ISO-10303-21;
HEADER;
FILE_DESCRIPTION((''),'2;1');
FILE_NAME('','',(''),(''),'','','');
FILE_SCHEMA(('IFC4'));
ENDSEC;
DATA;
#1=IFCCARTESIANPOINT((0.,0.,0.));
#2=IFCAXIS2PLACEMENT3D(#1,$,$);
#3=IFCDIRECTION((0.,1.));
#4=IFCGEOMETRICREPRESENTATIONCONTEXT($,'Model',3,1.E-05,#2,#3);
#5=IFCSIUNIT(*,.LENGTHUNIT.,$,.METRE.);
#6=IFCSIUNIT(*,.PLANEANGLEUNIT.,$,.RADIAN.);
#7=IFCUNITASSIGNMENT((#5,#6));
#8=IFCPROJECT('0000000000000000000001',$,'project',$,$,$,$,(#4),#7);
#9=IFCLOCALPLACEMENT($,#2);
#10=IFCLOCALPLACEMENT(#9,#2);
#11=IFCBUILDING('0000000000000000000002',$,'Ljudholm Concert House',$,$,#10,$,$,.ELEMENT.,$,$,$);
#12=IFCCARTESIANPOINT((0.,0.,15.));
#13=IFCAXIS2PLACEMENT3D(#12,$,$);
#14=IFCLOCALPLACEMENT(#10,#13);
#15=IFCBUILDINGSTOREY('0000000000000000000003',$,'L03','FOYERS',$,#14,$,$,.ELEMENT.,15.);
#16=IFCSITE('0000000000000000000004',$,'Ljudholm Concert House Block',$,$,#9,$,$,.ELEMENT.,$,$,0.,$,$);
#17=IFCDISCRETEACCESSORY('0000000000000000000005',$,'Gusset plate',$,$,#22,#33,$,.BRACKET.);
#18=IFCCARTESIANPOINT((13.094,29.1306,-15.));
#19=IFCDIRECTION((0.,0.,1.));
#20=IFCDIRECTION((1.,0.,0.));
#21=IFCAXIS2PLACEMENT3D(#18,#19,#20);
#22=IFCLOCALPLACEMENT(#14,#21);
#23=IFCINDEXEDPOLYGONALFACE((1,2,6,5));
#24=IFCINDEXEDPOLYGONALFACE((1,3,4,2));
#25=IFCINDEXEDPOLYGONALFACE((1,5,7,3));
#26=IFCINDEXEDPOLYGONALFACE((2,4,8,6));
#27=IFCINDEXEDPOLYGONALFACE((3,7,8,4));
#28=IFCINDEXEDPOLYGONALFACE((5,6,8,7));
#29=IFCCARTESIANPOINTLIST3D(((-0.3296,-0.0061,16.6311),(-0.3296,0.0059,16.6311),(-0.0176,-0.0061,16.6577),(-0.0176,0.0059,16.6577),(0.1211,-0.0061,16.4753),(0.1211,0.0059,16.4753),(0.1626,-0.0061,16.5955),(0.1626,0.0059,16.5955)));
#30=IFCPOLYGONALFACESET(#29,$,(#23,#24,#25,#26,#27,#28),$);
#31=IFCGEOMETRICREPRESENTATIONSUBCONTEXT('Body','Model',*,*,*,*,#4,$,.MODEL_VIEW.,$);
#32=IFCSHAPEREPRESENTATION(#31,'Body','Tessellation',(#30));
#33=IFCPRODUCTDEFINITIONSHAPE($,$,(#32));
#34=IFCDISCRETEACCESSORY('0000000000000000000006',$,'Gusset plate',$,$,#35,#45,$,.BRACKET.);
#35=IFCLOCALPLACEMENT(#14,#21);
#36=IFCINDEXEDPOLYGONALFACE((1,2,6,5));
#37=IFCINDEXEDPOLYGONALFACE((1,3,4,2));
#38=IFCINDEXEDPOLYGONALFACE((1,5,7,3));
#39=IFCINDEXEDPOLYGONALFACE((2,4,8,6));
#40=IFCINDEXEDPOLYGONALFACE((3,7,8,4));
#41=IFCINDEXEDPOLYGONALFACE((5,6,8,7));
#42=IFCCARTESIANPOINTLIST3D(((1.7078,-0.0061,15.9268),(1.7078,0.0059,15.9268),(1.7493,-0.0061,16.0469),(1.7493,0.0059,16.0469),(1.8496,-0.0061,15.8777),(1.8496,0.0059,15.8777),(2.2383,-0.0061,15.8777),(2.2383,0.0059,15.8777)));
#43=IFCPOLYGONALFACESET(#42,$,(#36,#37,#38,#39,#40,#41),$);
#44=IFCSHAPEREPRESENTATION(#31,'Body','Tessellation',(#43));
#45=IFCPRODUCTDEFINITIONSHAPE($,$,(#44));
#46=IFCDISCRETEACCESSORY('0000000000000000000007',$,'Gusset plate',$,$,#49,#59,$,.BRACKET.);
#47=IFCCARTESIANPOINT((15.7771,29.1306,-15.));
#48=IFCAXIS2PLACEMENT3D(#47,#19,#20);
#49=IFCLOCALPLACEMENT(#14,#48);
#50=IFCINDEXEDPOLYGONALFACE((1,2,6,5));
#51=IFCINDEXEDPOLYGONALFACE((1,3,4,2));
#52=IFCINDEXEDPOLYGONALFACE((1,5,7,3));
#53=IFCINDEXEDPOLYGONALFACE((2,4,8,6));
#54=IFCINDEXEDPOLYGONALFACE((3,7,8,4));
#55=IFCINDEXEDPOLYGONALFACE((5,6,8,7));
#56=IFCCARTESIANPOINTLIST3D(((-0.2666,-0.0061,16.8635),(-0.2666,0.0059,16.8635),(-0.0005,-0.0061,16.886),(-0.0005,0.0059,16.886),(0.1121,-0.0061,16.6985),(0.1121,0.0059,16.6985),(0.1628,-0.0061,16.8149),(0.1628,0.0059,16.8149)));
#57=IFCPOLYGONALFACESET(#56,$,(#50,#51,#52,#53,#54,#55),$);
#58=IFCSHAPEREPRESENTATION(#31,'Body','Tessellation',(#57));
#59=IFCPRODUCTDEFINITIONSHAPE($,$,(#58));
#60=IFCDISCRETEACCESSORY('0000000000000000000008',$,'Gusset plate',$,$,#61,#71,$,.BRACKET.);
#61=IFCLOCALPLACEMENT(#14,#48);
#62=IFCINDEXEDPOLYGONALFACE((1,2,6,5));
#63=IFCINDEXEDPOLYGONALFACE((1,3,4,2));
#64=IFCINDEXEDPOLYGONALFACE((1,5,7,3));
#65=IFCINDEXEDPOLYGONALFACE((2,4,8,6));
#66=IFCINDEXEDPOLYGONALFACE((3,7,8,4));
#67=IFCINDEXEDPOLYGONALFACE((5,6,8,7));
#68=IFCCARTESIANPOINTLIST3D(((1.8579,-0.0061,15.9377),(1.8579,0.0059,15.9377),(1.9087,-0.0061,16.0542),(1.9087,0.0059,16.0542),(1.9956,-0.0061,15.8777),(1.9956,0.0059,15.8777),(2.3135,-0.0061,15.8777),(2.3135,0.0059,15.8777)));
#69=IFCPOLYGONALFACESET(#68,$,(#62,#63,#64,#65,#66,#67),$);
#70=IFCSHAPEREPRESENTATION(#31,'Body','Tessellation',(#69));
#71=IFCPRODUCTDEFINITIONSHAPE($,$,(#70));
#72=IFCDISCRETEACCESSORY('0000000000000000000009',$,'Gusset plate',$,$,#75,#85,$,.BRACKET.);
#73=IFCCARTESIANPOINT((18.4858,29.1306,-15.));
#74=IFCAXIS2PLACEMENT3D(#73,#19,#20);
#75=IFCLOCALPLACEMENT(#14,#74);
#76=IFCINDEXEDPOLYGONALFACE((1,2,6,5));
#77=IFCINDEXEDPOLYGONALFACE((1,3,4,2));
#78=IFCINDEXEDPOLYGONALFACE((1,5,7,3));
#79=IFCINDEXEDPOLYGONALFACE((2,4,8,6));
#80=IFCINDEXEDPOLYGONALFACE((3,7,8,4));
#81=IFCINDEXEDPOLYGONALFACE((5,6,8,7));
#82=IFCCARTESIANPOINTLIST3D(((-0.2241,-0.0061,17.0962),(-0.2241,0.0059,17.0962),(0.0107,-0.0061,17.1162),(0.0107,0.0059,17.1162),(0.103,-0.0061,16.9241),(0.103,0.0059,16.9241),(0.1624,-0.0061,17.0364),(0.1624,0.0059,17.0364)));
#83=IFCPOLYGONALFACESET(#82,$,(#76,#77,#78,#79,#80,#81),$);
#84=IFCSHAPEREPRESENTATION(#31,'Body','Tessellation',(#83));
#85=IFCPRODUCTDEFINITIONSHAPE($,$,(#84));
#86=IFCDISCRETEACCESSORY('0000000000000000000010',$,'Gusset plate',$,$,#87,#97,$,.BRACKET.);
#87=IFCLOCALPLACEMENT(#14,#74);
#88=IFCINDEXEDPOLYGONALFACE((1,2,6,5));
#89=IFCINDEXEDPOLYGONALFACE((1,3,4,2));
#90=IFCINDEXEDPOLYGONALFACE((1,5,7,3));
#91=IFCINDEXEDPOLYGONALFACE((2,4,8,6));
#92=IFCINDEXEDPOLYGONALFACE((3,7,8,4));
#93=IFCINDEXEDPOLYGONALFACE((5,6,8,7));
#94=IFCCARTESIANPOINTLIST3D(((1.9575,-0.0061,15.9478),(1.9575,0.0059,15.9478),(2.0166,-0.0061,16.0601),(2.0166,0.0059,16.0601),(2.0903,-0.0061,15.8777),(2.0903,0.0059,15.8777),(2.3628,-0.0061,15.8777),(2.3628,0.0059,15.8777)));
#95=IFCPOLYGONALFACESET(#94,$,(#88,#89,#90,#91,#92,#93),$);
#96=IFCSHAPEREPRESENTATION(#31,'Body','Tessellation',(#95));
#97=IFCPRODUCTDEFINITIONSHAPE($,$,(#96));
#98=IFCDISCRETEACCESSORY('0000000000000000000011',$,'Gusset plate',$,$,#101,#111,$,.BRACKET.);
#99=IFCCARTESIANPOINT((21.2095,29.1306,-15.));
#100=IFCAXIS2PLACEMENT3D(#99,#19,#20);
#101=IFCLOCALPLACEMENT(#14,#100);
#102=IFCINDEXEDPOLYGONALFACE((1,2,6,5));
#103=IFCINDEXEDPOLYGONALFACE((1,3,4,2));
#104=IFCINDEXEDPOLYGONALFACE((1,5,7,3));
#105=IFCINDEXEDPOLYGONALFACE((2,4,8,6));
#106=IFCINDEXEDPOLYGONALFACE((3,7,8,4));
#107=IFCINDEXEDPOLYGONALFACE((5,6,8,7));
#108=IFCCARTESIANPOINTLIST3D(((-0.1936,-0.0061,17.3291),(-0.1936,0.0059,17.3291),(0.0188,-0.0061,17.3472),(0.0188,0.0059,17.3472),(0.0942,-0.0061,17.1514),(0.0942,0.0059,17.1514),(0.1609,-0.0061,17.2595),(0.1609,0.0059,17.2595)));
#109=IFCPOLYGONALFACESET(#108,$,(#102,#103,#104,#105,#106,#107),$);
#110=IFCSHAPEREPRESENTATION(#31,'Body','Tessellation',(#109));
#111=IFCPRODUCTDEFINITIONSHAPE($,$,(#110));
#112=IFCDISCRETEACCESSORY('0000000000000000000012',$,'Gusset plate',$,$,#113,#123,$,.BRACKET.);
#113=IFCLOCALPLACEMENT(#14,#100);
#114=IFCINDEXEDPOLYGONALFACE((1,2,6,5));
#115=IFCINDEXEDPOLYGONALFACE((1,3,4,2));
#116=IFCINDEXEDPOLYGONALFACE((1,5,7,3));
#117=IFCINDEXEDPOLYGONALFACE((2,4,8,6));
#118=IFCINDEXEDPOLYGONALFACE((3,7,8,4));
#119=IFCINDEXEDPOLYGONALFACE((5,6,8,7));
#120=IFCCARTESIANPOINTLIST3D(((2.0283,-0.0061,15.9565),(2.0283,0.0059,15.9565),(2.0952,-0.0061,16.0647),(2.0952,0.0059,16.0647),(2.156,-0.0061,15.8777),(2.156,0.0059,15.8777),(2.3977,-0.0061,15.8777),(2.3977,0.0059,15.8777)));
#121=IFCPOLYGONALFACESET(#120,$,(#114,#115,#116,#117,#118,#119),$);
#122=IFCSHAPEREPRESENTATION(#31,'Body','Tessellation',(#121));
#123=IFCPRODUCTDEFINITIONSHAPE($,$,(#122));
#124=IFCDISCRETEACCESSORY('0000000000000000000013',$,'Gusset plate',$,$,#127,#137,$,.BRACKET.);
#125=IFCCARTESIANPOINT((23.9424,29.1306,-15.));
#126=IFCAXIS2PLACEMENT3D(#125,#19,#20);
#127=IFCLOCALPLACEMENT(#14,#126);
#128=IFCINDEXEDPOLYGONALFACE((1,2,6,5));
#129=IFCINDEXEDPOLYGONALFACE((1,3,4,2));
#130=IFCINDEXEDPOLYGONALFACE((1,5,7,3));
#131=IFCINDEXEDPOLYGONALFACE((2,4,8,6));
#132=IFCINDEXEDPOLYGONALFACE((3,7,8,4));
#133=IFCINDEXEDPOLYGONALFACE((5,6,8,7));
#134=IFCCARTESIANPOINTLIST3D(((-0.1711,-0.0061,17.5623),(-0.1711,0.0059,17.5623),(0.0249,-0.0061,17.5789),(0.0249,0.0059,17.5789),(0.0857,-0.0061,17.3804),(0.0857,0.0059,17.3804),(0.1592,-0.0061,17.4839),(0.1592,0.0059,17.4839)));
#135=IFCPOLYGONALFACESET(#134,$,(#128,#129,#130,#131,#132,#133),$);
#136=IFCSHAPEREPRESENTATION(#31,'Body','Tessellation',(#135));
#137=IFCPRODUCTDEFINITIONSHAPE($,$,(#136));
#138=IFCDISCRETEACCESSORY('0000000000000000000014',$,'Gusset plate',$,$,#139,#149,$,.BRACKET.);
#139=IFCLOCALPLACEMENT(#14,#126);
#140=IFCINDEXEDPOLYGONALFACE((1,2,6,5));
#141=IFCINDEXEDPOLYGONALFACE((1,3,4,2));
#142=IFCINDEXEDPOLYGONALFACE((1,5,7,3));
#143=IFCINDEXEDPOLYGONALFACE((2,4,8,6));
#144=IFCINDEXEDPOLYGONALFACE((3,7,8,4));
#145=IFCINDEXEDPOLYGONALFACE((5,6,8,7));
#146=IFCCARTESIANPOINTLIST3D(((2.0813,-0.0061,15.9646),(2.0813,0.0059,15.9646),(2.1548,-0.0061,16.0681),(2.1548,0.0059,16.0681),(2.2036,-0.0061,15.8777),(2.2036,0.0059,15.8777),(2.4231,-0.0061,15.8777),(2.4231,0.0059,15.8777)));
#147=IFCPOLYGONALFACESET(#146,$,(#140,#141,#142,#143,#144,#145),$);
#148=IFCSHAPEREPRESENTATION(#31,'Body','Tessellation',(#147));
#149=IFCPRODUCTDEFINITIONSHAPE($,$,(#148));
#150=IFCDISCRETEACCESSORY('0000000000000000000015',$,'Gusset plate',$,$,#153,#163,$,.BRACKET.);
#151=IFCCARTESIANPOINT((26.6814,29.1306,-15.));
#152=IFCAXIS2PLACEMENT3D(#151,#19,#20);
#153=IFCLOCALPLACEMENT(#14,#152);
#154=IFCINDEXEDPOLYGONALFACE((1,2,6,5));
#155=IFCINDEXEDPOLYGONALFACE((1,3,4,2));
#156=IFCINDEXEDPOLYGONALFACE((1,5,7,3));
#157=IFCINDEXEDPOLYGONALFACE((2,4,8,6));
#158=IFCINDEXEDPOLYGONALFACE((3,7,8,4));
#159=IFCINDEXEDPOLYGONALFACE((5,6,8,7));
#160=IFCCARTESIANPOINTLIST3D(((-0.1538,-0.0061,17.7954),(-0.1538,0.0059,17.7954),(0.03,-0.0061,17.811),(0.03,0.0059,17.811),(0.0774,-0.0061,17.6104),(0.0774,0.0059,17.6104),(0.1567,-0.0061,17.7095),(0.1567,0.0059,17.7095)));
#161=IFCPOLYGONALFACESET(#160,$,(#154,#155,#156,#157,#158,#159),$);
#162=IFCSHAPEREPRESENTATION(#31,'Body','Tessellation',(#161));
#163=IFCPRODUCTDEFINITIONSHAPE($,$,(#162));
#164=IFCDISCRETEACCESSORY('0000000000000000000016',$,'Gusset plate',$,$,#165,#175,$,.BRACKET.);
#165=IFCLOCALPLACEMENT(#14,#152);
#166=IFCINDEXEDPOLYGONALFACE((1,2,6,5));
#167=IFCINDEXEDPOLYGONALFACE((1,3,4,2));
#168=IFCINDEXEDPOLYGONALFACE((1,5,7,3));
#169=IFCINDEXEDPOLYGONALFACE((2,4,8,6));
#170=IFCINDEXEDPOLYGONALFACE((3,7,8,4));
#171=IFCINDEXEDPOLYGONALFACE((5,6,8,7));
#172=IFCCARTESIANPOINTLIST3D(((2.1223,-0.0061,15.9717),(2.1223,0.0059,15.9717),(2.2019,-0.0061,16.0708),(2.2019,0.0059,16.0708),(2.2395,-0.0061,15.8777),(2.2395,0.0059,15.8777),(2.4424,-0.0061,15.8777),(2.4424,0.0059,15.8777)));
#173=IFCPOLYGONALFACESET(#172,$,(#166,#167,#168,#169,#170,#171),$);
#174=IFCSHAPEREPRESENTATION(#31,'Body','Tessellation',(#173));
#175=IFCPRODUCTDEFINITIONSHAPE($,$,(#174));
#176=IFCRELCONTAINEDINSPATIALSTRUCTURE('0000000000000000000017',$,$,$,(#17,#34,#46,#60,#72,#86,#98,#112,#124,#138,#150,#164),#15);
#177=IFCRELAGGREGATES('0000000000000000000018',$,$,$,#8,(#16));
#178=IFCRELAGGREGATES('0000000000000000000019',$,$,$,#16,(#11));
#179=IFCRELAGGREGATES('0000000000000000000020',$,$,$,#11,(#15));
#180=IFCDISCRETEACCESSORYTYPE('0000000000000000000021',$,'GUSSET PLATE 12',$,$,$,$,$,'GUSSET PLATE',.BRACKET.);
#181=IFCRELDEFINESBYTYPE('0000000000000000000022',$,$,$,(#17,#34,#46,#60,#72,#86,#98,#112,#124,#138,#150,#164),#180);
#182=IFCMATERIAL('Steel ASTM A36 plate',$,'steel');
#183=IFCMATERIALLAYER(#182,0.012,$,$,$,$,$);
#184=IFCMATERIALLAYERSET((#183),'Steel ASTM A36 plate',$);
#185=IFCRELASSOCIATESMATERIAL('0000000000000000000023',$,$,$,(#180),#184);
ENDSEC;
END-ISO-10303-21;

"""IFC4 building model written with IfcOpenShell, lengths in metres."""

from ifc_helpers import new_model, si_unit, direction, frame, origin, place, context, subcontext, project, spatial, polyline, outline, extrude, material, layer, layer_set, type_object, element, save


model = new_model("IFC4")

# Units and contexts
model_context = context("Model", 3, precision=1e-05, world=origin(), true_north=direction((0.0, 1.0)))
body_context = subcontext(model_context, "Body", "Model", "MODEL_VIEW")
ifc_project = project(units=[si_unit("LENGTHUNIT", "METRE"), si_unit("PLANEANGLEUNIT", "RADIAN")], contexts=[model_context])

# Site, building, storey
site_placement = place(None, origin())
site = spatial("IfcSite", under=ifc_project, at=site_placement, Name="Ljudholm Concert House Block", CompositionType="ELEMENT", RefElevation=0.0)
building_placement = place(site_placement, origin())
building = spatial("IfcBuilding", under=site, at=building_placement, Name="Ljudholm Concert House", CompositionType="ELEMENT")
storey_placement = place(building_placement, frame((0.0, 0.0, 15.0)))
storey = spatial("IfcBuildingStorey", under=building, at=storey_placement, Name="L03", Description="FOYERS", CompositionType="ELEMENT", Elevation=15.0)

# Discrete accessories
ifc_material_1 = material(Name="Steel ASTM A36 plate", Category="steel")
ifc_layer_1 = layer(ifc_material_1, 0.012)
ifc_layer_set_1 = layer_set([ifc_layer_1], Name="Steel ASTM A36 plate")
discrete_accessory_type = type_object("IfcDiscreteAccessoryType", Name="GUSSET PLATE 12", ElementType="GUSSET PLATE", PredefinedType="BRACKET", material=ifc_layer_set_1)
discrete_accessory_1_placement = place(storey_placement, frame((13.094, 29.1306, -15.0), z_axis=(0.0, 0.0, 1.0), x_axis=(1.0, 0.0, 0.0)))
element("IfcDiscreteAccessory", 1, at=discrete_accessory_1_placement, inside=storey, type_object=discrete_accessory_type, Name="Gusset plate", PredefinedType="BRACKET", context=body_context, shape_type="SweptSolid", body=[
    extrude(outline(polyline([(0.1211, 16.4753), (-0.3296, 16.6311), (-0.0176, 16.6577), (0.1626, 16.5955), (0.1211, 16.4753)])), frame((0.0, 0.0059, 0.0), z_axis=(0.0, -1.0, 0.0), x_axis=(1.0, 0.0, 0.0)), (0.0, 0.0, 1.0), 0.012),
])
discrete_accessory_2_placement = place(storey_placement, frame((13.094, 29.1306, -15.0), z_axis=(0.0, 0.0, 1.0), x_axis=(1.0, 0.0, 0.0)))
element("IfcDiscreteAccessory", 2, at=discrete_accessory_2_placement, inside=storey, type_object=discrete_accessory_type, Name="Gusset plate", PredefinedType="BRACKET", context=body_context, shape_type="SweptSolid", body=[
    extrude(outline(polyline([(1.7493, 16.0469), (2.2383, 15.8777), (1.8496, 15.8777), (1.7078, 15.9268), (1.7493, 16.0469)])), frame((0.0, 0.0059, 0.0), z_axis=(0.0, -1.0, 0.0), x_axis=(1.0, 0.0, 0.0)), (0.0, 0.0, 1.0), 0.012),
])
discrete_accessory_3_placement = place(storey_placement, frame((15.7771, 29.1306, -15.0), z_axis=(0.0, 0.0, 1.0), x_axis=(1.0, 0.0, 0.0)))
element("IfcDiscreteAccessory", 3, at=discrete_accessory_3_placement, inside=storey, type_object=discrete_accessory_type, Name="Gusset plate", PredefinedType="BRACKET", context=body_context, shape_type="SweptSolid", body=[
    extrude(outline(polyline([(0.1121, 16.6985), (-0.2666, 16.8635), (-0.0005, 16.886), (0.1628, 16.8149), (0.1121, 16.6985)])), frame((0.0, 0.0059, 0.0), z_axis=(0.0, -1.0, 0.0), x_axis=(1.0, 0.0, 0.0)), (0.0, 0.0, 1.0), 0.012),
])
discrete_accessory_4_placement = place(storey_placement, frame((15.7771, 29.1306, -15.0), z_axis=(0.0, 0.0, 1.0), x_axis=(1.0, 0.0, 0.0)))
element("IfcDiscreteAccessory", 4, at=discrete_accessory_4_placement, inside=storey, type_object=discrete_accessory_type, Name="Gusset plate", PredefinedType="BRACKET", context=body_context, shape_type="SweptSolid", body=[
    extrude(outline(polyline([(1.9087, 16.0542), (2.3135, 15.8777), (1.9956, 15.8777), (1.8579, 15.9377), (1.9087, 16.0542)])), frame((0.0, 0.0059, 0.0), z_axis=(0.0, -1.0, 0.0), x_axis=(1.0, 0.0, 0.0)), (0.0, 0.0, 1.0), 0.012),
])
discrete_accessory_5_placement = place(storey_placement, frame((18.4858, 29.1306, -15.0), z_axis=(0.0, 0.0, 1.0), x_axis=(1.0, 0.0, 0.0)))
element("IfcDiscreteAccessory", 5, at=discrete_accessory_5_placement, inside=storey, type_object=discrete_accessory_type, Name="Gusset plate", PredefinedType="BRACKET", context=body_context, shape_type="SweptSolid", body=[
    extrude(outline(polyline([(0.103, 16.9241), (-0.2241, 17.0962), (0.0107, 17.1162), (0.1624, 17.0364), (0.103, 16.9241)])), frame((0.0, 0.0059, 0.0), z_axis=(0.0, -1.0, 0.0), x_axis=(1.0, 0.0, 0.0)), (0.0, 0.0, 1.0), 0.012),
])
discrete_accessory_6_placement = place(storey_placement, frame((18.4858, 29.1306, -15.0), z_axis=(0.0, 0.0, 1.0), x_axis=(1.0, 0.0, 0.0)))
element("IfcDiscreteAccessory", 6, at=discrete_accessory_6_placement, inside=storey, type_object=discrete_accessory_type, Name="Gusset plate", PredefinedType="BRACKET", context=body_context, shape_type="SweptSolid", body=[
    extrude(outline(polyline([(2.0166, 16.0601), (2.3628, 15.8777), (2.0903, 15.8777), (1.9575, 15.9478), (2.0166, 16.0601)])), frame((0.0, 0.0059, 0.0), z_axis=(0.0, -1.0, 0.0), x_axis=(1.0, 0.0, 0.0)), (0.0, 0.0, 1.0), 0.012),
])
discrete_accessory_7_placement = place(storey_placement, frame((21.2095, 29.1306, -15.0), z_axis=(0.0, 0.0, 1.0), x_axis=(1.0, 0.0, 0.0)))
element("IfcDiscreteAccessory", 7, at=discrete_accessory_7_placement, inside=storey, type_object=discrete_accessory_type, Name="Gusset plate", PredefinedType="BRACKET", context=body_context, shape_type="SweptSolid", body=[
    extrude(outline(polyline([(0.0942, 17.1514), (-0.1936, 17.3291), (0.0188, 17.3472), (0.1609, 17.2595), (0.0942, 17.1514)])), frame((0.0, 0.0059, 0.0), z_axis=(0.0, -1.0, 0.0), x_axis=(1.0, 0.0, 0.0)), (0.0, 0.0, 1.0), 0.012),
])
discrete_accessory_8_placement = place(storey_placement, frame((21.2095, 29.1306, -15.0), z_axis=(0.0, 0.0, 1.0), x_axis=(1.0, 0.0, 0.0)))
element("IfcDiscreteAccessory", 8, at=discrete_accessory_8_placement, inside=storey, type_object=discrete_accessory_type, Name="Gusset plate", PredefinedType="BRACKET", context=body_context, shape_type="SweptSolid", body=[
    extrude(outline(polyline([(2.0952, 16.0647), (2.3977, 15.8777), (2.156, 15.8777), (2.0283, 15.9565), (2.0952, 16.0647)])), frame((0.0, 0.0059, 0.0), z_axis=(0.0, -1.0, 0.0), x_axis=(1.0, 0.0, 0.0)), (0.0, 0.0, 1.0), 0.012),
])
discrete_accessory_9_placement = place(storey_placement, frame((23.9424, 29.1306, -15.0), z_axis=(0.0, 0.0, 1.0), x_axis=(1.0, 0.0, 0.0)))
element("IfcDiscreteAccessory", 9, at=discrete_accessory_9_placement, inside=storey, type_object=discrete_accessory_type, Name="Gusset plate", PredefinedType="BRACKET", context=body_context, shape_type="SweptSolid", body=[
    extrude(outline(polyline([(0.0857, 17.3804), (-0.1711, 17.5623), (0.0249, 17.5789), (0.1592, 17.4839), (0.0857, 17.3804)])), frame((0.0, 0.0059, 0.0), z_axis=(0.0, -1.0, 0.0), x_axis=(1.0, 0.0, 0.0)), (0.0, 0.0, 1.0), 0.012),
])
discrete_accessory_10_placement = place(storey_placement, frame((23.9424, 29.1306, -15.0), z_axis=(0.0, 0.0, 1.0), x_axis=(1.0, 0.0, 0.0)))
element("IfcDiscreteAccessory", 10, at=discrete_accessory_10_placement, inside=storey, type_object=discrete_accessory_type, Name="Gusset plate", PredefinedType="BRACKET", context=body_context, shape_type="SweptSolid", body=[
    extrude(outline(polyline([(2.1548, 16.0681), (2.4231, 15.8777), (2.2036, 15.8777), (2.0813, 15.9646), (2.1548, 16.0681)])), frame((0.0, 0.0059, 0.0), z_axis=(0.0, -1.0, 0.0), x_axis=(1.0, 0.0, 0.0)), (0.0, 0.0, 1.0), 0.012),
])
discrete_accessory_11_placement = place(storey_placement, frame((26.6814, 29.1306, -15.0), z_axis=(0.0, 0.0, 1.0), x_axis=(1.0, 0.0, 0.0)))
element("IfcDiscreteAccessory", 11, at=discrete_accessory_11_placement, inside=storey, type_object=discrete_accessory_type, Name="Gusset plate", PredefinedType="BRACKET", context=body_context, shape_type="SweptSolid", body=[
    extrude(outline(polyline([(0.0774, 17.6104), (-0.1538, 17.7954), (0.03, 17.811), (0.1567, 17.7095), (0.0774, 17.6104)])), frame((0.0, 0.0059, 0.0), z_axis=(0.0, -1.0, 0.0), x_axis=(1.0, 0.0, 0.0)), (0.0, 0.0, 1.0), 0.012),
])
discrete_accessory_12_placement = place(storey_placement, frame((26.6814, 29.1306, -15.0), z_axis=(0.0, 0.0, 1.0), x_axis=(1.0, 0.0, 0.0)))
element("IfcDiscreteAccessory", 12, at=discrete_accessory_12_placement, inside=storey, type_object=discrete_accessory_type, Name="Gusset plate", PredefinedType="BRACKET", context=body_context, shape_type="SweptSolid", body=[
    extrude(outline(polyline([(2.2019, 16.0708), (2.4424, 15.8777), (2.2395, 15.8777), (2.1223, 15.9717), (2.2019, 16.0708)])), frame((0.0, 0.0059, 0.0), z_axis=(0.0, -1.0, 0.0), x_axis=(1.0, 0.0, 0.0)), (0.0, 0.0, 1.0), 0.012),
])

save(model, "model.ifc")
